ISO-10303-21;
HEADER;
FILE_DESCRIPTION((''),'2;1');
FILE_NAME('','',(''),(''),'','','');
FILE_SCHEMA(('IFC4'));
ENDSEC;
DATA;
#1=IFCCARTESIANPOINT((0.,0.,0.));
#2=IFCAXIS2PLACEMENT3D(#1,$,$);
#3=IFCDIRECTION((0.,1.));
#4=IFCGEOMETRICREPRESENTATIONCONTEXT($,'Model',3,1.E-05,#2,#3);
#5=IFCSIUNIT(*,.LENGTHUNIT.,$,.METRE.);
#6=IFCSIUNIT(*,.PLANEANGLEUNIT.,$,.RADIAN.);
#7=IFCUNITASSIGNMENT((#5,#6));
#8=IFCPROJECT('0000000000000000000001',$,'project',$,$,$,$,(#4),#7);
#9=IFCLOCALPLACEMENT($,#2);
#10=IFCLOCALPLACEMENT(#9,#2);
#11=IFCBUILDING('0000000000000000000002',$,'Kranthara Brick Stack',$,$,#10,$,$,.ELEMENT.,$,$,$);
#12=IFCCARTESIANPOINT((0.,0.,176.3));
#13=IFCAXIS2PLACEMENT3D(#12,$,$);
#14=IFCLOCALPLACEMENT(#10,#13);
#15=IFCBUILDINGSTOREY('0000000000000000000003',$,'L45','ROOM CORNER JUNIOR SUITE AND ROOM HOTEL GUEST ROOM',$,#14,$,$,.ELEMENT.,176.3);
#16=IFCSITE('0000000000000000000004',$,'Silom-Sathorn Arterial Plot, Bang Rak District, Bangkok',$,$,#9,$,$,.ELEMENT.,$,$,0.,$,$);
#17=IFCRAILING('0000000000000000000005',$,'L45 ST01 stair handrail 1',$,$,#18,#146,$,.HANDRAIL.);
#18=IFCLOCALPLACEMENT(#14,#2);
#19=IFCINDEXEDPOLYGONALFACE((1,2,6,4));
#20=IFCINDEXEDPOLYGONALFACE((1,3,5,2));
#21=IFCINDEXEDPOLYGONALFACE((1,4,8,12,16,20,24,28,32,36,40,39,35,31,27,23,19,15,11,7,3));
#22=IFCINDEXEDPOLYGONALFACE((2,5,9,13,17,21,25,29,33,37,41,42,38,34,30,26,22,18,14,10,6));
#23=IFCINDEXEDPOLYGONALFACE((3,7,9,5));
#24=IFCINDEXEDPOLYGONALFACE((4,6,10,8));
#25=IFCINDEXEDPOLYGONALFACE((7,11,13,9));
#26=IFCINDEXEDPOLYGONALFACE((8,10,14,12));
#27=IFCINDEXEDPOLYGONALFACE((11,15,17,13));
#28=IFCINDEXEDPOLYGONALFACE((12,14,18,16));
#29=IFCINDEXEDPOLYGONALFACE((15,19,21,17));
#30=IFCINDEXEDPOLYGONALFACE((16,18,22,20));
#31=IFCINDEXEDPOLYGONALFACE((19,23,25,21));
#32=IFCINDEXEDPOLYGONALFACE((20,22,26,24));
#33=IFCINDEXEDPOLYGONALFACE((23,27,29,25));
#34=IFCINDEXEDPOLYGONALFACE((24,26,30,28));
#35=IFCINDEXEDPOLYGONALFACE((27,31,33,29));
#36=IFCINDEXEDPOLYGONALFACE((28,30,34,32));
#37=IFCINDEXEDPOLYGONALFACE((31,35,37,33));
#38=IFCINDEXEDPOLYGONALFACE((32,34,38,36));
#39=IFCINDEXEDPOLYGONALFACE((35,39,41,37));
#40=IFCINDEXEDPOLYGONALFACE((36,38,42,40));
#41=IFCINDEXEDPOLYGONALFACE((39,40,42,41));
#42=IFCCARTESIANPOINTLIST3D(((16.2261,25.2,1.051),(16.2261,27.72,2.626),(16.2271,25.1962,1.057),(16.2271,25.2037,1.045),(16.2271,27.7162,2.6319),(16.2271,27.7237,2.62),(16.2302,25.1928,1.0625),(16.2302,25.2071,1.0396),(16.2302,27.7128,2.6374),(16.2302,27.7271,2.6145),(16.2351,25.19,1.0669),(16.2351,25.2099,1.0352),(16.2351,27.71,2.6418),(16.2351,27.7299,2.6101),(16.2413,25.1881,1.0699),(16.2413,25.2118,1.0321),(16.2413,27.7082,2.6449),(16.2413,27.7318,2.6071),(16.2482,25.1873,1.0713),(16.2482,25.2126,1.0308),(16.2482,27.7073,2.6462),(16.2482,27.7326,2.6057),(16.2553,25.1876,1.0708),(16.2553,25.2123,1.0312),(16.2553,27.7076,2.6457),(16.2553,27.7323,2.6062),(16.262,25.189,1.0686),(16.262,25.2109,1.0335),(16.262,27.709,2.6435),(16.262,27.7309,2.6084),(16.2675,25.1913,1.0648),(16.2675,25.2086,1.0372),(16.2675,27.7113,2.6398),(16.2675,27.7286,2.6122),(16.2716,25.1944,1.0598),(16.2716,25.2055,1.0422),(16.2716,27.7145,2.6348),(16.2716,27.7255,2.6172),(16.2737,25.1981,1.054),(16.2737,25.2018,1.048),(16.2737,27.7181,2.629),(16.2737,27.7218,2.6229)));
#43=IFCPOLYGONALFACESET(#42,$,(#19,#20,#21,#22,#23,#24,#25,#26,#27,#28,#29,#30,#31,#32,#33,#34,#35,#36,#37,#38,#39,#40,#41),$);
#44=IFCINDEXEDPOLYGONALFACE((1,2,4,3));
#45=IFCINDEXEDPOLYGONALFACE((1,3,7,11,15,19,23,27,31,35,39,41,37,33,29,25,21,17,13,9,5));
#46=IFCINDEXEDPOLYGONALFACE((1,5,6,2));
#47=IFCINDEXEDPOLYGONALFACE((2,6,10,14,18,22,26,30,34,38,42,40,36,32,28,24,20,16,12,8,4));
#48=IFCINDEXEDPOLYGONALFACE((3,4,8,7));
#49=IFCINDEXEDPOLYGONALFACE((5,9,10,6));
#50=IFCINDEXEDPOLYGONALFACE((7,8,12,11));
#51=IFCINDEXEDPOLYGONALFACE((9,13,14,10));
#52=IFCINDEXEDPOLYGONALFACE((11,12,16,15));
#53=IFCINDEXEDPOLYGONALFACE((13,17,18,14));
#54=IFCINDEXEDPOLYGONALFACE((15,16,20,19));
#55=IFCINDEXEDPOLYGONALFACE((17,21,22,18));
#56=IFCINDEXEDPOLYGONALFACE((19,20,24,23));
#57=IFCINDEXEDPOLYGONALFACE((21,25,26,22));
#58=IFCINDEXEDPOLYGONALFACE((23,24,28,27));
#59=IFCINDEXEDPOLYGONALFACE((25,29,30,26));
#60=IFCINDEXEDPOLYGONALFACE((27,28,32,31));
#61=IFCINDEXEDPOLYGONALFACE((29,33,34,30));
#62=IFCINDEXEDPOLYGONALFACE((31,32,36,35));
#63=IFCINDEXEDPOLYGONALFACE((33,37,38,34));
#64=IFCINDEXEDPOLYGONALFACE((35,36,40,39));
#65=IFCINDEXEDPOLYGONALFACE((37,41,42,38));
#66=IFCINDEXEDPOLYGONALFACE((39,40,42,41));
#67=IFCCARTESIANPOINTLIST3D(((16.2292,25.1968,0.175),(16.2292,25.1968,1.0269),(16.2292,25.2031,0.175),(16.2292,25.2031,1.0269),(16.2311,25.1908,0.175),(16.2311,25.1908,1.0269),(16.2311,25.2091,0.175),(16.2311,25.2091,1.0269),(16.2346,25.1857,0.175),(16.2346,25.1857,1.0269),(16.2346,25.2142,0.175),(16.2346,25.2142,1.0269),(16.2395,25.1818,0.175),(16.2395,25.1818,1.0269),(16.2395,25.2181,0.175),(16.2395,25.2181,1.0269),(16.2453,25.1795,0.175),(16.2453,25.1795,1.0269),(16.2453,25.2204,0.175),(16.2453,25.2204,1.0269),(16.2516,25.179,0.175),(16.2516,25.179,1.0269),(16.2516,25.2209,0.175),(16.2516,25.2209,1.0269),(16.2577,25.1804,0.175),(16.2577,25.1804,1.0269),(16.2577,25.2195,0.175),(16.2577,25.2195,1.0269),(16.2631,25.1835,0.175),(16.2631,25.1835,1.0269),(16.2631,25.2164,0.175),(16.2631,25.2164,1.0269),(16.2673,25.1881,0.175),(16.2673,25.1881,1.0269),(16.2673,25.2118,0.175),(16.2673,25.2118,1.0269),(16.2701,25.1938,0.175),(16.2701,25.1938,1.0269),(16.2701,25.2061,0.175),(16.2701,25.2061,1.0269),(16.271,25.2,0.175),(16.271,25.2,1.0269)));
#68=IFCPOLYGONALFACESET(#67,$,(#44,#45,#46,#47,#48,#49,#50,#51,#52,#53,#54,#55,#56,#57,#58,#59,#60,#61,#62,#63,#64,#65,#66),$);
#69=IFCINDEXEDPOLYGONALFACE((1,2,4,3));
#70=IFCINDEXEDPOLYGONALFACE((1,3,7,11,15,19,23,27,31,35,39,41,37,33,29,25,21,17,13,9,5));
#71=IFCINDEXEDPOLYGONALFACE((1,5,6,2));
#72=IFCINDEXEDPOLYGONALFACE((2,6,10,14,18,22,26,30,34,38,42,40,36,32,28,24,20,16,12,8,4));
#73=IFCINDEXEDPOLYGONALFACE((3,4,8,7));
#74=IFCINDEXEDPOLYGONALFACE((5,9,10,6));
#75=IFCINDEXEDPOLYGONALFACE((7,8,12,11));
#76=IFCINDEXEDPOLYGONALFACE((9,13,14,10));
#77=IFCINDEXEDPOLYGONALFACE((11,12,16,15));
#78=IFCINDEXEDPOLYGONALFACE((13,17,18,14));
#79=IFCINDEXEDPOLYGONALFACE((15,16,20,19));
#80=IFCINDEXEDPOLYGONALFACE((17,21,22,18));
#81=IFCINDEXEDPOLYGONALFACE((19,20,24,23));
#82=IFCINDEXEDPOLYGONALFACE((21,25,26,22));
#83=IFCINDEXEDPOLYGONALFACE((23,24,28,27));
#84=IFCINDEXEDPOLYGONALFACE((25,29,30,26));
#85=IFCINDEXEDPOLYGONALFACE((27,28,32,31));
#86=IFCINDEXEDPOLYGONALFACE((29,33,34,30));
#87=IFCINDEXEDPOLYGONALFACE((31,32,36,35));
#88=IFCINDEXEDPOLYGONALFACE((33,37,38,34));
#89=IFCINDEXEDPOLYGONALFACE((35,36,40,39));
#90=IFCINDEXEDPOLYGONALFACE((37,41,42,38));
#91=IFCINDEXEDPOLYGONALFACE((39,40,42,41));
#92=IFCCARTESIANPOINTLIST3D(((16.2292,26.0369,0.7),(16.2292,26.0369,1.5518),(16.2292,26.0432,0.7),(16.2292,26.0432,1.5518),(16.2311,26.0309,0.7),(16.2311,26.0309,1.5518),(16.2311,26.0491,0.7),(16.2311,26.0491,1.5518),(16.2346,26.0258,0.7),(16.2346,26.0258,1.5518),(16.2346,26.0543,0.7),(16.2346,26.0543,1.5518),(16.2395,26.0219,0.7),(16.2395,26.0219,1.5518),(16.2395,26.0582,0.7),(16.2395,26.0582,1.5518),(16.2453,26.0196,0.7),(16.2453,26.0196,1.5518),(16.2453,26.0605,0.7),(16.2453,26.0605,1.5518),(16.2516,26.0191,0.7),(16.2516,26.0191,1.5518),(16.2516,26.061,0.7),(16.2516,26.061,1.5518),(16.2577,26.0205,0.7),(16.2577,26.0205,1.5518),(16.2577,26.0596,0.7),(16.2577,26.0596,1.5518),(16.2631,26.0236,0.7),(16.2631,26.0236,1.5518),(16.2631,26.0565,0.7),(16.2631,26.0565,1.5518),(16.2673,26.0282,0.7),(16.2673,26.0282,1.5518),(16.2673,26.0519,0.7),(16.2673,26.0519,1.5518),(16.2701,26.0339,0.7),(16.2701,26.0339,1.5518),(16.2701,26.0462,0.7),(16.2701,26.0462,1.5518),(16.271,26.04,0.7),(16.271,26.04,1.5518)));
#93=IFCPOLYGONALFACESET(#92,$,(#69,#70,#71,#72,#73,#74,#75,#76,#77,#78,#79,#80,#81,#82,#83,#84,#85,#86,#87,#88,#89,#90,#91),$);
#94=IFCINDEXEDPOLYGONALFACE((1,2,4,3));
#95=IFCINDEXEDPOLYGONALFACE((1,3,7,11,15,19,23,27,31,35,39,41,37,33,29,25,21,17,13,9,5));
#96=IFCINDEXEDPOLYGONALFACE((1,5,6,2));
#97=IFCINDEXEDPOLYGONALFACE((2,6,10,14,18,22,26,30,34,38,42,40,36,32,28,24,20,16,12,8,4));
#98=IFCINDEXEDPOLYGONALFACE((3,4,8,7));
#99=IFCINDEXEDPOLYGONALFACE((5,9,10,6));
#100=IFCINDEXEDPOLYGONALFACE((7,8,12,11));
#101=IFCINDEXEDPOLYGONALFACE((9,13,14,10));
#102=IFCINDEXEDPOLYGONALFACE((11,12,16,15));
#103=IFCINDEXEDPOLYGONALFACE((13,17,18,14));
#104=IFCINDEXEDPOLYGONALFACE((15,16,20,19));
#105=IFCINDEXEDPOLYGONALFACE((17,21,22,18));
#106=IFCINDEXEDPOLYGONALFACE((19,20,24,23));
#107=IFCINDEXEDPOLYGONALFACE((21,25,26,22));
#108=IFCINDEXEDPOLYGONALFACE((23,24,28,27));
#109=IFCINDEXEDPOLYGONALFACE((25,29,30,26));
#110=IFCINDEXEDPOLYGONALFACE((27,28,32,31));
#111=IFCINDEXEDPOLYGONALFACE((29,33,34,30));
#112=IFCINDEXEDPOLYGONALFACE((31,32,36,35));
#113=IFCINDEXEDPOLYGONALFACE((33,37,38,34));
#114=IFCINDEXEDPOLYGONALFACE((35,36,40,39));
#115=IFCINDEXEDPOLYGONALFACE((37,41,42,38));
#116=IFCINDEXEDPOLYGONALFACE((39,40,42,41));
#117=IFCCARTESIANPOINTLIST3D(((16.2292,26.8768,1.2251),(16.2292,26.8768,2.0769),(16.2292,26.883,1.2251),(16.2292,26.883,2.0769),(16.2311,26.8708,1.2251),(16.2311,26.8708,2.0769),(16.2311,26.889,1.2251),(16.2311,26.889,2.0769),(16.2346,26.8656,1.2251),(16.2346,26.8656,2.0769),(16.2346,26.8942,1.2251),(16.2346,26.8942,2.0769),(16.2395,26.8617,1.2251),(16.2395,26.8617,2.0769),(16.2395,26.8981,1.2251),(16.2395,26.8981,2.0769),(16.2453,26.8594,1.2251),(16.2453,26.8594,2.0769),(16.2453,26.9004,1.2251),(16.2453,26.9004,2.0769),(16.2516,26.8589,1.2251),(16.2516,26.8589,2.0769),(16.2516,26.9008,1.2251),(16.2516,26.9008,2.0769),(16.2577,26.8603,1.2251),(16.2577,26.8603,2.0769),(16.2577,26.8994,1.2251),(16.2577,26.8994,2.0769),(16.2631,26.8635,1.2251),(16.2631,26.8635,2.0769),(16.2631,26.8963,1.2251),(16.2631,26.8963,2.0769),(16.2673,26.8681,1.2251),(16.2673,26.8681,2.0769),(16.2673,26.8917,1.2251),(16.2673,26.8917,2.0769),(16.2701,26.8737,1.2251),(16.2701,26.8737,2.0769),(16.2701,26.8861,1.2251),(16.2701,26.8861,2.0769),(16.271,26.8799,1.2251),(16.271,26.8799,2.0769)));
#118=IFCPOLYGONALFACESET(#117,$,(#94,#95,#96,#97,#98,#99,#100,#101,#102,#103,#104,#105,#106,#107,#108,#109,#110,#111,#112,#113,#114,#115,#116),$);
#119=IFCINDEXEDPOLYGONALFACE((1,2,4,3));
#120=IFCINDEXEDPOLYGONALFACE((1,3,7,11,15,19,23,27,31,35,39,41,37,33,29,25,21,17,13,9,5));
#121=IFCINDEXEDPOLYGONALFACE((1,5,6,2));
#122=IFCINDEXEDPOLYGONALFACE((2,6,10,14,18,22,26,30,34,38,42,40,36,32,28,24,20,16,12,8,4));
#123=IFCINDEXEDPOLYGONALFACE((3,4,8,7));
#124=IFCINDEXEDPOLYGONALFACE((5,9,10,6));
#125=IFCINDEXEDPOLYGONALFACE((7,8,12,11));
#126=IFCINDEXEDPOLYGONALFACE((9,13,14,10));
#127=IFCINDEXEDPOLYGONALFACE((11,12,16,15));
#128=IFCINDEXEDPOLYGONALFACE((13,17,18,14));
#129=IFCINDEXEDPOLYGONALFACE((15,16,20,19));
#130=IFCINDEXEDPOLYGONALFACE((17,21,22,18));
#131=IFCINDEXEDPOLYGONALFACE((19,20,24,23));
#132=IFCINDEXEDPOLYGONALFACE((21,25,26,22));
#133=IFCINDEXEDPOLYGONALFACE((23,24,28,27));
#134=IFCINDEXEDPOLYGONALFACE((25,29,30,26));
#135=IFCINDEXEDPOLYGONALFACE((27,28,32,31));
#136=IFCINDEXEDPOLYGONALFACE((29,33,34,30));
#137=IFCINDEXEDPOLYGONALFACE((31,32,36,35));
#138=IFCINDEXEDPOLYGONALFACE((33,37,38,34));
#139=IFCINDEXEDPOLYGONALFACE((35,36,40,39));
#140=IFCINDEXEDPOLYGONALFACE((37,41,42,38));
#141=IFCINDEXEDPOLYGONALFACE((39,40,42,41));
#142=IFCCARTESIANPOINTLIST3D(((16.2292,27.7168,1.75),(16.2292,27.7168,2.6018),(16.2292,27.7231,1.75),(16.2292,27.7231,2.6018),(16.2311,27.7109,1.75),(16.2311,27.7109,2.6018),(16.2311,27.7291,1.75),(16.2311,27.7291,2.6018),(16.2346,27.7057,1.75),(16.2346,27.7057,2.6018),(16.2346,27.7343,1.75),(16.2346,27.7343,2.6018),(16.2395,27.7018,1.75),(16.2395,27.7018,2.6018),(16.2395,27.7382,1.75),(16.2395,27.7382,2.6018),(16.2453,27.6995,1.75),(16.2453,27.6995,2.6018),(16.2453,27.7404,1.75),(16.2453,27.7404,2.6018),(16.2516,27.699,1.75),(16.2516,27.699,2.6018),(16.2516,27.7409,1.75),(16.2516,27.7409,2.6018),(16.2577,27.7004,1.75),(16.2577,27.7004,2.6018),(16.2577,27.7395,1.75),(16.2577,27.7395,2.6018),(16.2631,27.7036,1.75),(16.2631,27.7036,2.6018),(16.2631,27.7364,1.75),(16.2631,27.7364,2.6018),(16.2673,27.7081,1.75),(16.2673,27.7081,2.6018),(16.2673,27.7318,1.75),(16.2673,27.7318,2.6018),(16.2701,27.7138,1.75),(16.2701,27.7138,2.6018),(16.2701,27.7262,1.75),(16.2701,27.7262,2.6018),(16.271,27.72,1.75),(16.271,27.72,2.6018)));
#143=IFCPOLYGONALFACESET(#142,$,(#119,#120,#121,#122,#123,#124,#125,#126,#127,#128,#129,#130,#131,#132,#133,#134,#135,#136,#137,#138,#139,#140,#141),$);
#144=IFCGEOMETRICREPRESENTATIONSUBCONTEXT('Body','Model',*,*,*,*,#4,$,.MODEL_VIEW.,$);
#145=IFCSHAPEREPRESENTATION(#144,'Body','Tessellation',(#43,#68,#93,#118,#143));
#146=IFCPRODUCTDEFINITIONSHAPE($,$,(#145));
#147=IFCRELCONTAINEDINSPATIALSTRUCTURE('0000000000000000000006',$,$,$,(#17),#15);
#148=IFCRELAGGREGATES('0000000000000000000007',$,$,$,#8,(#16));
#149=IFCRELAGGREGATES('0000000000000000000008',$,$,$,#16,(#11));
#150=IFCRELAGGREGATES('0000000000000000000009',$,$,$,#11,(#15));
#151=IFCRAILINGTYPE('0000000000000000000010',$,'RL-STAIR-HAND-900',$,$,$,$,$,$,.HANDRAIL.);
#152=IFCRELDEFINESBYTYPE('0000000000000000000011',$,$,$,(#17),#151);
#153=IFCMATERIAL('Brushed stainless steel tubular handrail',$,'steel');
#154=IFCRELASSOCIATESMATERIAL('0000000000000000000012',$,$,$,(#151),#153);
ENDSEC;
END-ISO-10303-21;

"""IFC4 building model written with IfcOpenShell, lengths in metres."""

from ifc_helpers import new_model, si_unit, direction, frame, origin, origin_2d, place, context, subcontext, project, spatial, circle, extrude, material, type_object, element, save


model = new_model("IFC4")

# Units and contexts
model_context = context("Model", 3, precision=1e-05, world=origin(), true_north=direction((0.0, 1.0)))
body_context = subcontext(model_context, "Body", "Model", "MODEL_VIEW")
ifc_project = project(units=[si_unit("LENGTHUNIT", "METRE"), si_unit("PLANEANGLEUNIT", "RADIAN")], contexts=[model_context])

# Site, building, storey
site_placement = place(None, origin())
site = spatial("IfcSite", under=ifc_project, at=site_placement, Name="Silom-Sathorn Arterial Plot, Bang Rak District, Bangkok", CompositionType="ELEMENT", RefElevation=0.0)
building_placement = place(site_placement, origin())
building = spatial("IfcBuilding", under=site, at=building_placement, Name="Kranthara Brick Stack", CompositionType="ELEMENT")
storey_placement = place(building_placement, frame((0.0, 0.0, 176.3)))
storey = spatial("IfcBuildingStorey", under=building, at=storey_placement, Name="L45", Description="ROOM CORNER JUNIOR SUITE AND ROOM HOTEL GUEST ROOM", CompositionType="ELEMENT", Elevation=176.3)

# Railing
ifc_material_1 = material(Name="Brushed stainless steel tubular handrail", Category="steel")
railing_type_1 = type_object("IfcRailingType", Name="RL-STAIR-HAND-900", PredefinedType="HANDRAIL", material=ifc_material_1)
railing_1_placement = place(storey_placement, frame((16.25, 25.2, 0.175)))
element("IfcRailing", 1, at=railing_1_placement, inside=storey, type_object=railing_type_1, Name="L45 ST01 stair handrail 1", PredefinedType="HANDRAIL", context=body_context, shape_type="SweptSolid", body=[
    extrude(circle(Radius=0.0239, at=origin_2d()), frame((0.0, 0.0, 0.876), z_axis=(0.0, 0.848008, 0.529984), x_axis=(-1.0, 0.0, 0.0)), (0.0, 0.0, 1.0), 2.9717),
    extrude(circle(Radius=0.021, at=origin_2d()), origin(), (0.0, 0.0, 1.0), 0.8518),
    extrude(circle(Radius=0.021, at=origin_2d()), frame((0.0, 0.8401, 0.5249)), (0.0, 0.0, 1.0), 0.8518),
    extrude(circle(Radius=0.021, at=origin_2d()), frame((0.0, 1.6799, 1.05)), (0.0, 0.0, 1.0), 0.8518),
    extrude(circle(Radius=0.021, at=origin_2d()), frame((0.0, 2.52, 1.575)), (0.0, 0.0, 1.0), 0.8518),
])

save(model, "model.ifc")
